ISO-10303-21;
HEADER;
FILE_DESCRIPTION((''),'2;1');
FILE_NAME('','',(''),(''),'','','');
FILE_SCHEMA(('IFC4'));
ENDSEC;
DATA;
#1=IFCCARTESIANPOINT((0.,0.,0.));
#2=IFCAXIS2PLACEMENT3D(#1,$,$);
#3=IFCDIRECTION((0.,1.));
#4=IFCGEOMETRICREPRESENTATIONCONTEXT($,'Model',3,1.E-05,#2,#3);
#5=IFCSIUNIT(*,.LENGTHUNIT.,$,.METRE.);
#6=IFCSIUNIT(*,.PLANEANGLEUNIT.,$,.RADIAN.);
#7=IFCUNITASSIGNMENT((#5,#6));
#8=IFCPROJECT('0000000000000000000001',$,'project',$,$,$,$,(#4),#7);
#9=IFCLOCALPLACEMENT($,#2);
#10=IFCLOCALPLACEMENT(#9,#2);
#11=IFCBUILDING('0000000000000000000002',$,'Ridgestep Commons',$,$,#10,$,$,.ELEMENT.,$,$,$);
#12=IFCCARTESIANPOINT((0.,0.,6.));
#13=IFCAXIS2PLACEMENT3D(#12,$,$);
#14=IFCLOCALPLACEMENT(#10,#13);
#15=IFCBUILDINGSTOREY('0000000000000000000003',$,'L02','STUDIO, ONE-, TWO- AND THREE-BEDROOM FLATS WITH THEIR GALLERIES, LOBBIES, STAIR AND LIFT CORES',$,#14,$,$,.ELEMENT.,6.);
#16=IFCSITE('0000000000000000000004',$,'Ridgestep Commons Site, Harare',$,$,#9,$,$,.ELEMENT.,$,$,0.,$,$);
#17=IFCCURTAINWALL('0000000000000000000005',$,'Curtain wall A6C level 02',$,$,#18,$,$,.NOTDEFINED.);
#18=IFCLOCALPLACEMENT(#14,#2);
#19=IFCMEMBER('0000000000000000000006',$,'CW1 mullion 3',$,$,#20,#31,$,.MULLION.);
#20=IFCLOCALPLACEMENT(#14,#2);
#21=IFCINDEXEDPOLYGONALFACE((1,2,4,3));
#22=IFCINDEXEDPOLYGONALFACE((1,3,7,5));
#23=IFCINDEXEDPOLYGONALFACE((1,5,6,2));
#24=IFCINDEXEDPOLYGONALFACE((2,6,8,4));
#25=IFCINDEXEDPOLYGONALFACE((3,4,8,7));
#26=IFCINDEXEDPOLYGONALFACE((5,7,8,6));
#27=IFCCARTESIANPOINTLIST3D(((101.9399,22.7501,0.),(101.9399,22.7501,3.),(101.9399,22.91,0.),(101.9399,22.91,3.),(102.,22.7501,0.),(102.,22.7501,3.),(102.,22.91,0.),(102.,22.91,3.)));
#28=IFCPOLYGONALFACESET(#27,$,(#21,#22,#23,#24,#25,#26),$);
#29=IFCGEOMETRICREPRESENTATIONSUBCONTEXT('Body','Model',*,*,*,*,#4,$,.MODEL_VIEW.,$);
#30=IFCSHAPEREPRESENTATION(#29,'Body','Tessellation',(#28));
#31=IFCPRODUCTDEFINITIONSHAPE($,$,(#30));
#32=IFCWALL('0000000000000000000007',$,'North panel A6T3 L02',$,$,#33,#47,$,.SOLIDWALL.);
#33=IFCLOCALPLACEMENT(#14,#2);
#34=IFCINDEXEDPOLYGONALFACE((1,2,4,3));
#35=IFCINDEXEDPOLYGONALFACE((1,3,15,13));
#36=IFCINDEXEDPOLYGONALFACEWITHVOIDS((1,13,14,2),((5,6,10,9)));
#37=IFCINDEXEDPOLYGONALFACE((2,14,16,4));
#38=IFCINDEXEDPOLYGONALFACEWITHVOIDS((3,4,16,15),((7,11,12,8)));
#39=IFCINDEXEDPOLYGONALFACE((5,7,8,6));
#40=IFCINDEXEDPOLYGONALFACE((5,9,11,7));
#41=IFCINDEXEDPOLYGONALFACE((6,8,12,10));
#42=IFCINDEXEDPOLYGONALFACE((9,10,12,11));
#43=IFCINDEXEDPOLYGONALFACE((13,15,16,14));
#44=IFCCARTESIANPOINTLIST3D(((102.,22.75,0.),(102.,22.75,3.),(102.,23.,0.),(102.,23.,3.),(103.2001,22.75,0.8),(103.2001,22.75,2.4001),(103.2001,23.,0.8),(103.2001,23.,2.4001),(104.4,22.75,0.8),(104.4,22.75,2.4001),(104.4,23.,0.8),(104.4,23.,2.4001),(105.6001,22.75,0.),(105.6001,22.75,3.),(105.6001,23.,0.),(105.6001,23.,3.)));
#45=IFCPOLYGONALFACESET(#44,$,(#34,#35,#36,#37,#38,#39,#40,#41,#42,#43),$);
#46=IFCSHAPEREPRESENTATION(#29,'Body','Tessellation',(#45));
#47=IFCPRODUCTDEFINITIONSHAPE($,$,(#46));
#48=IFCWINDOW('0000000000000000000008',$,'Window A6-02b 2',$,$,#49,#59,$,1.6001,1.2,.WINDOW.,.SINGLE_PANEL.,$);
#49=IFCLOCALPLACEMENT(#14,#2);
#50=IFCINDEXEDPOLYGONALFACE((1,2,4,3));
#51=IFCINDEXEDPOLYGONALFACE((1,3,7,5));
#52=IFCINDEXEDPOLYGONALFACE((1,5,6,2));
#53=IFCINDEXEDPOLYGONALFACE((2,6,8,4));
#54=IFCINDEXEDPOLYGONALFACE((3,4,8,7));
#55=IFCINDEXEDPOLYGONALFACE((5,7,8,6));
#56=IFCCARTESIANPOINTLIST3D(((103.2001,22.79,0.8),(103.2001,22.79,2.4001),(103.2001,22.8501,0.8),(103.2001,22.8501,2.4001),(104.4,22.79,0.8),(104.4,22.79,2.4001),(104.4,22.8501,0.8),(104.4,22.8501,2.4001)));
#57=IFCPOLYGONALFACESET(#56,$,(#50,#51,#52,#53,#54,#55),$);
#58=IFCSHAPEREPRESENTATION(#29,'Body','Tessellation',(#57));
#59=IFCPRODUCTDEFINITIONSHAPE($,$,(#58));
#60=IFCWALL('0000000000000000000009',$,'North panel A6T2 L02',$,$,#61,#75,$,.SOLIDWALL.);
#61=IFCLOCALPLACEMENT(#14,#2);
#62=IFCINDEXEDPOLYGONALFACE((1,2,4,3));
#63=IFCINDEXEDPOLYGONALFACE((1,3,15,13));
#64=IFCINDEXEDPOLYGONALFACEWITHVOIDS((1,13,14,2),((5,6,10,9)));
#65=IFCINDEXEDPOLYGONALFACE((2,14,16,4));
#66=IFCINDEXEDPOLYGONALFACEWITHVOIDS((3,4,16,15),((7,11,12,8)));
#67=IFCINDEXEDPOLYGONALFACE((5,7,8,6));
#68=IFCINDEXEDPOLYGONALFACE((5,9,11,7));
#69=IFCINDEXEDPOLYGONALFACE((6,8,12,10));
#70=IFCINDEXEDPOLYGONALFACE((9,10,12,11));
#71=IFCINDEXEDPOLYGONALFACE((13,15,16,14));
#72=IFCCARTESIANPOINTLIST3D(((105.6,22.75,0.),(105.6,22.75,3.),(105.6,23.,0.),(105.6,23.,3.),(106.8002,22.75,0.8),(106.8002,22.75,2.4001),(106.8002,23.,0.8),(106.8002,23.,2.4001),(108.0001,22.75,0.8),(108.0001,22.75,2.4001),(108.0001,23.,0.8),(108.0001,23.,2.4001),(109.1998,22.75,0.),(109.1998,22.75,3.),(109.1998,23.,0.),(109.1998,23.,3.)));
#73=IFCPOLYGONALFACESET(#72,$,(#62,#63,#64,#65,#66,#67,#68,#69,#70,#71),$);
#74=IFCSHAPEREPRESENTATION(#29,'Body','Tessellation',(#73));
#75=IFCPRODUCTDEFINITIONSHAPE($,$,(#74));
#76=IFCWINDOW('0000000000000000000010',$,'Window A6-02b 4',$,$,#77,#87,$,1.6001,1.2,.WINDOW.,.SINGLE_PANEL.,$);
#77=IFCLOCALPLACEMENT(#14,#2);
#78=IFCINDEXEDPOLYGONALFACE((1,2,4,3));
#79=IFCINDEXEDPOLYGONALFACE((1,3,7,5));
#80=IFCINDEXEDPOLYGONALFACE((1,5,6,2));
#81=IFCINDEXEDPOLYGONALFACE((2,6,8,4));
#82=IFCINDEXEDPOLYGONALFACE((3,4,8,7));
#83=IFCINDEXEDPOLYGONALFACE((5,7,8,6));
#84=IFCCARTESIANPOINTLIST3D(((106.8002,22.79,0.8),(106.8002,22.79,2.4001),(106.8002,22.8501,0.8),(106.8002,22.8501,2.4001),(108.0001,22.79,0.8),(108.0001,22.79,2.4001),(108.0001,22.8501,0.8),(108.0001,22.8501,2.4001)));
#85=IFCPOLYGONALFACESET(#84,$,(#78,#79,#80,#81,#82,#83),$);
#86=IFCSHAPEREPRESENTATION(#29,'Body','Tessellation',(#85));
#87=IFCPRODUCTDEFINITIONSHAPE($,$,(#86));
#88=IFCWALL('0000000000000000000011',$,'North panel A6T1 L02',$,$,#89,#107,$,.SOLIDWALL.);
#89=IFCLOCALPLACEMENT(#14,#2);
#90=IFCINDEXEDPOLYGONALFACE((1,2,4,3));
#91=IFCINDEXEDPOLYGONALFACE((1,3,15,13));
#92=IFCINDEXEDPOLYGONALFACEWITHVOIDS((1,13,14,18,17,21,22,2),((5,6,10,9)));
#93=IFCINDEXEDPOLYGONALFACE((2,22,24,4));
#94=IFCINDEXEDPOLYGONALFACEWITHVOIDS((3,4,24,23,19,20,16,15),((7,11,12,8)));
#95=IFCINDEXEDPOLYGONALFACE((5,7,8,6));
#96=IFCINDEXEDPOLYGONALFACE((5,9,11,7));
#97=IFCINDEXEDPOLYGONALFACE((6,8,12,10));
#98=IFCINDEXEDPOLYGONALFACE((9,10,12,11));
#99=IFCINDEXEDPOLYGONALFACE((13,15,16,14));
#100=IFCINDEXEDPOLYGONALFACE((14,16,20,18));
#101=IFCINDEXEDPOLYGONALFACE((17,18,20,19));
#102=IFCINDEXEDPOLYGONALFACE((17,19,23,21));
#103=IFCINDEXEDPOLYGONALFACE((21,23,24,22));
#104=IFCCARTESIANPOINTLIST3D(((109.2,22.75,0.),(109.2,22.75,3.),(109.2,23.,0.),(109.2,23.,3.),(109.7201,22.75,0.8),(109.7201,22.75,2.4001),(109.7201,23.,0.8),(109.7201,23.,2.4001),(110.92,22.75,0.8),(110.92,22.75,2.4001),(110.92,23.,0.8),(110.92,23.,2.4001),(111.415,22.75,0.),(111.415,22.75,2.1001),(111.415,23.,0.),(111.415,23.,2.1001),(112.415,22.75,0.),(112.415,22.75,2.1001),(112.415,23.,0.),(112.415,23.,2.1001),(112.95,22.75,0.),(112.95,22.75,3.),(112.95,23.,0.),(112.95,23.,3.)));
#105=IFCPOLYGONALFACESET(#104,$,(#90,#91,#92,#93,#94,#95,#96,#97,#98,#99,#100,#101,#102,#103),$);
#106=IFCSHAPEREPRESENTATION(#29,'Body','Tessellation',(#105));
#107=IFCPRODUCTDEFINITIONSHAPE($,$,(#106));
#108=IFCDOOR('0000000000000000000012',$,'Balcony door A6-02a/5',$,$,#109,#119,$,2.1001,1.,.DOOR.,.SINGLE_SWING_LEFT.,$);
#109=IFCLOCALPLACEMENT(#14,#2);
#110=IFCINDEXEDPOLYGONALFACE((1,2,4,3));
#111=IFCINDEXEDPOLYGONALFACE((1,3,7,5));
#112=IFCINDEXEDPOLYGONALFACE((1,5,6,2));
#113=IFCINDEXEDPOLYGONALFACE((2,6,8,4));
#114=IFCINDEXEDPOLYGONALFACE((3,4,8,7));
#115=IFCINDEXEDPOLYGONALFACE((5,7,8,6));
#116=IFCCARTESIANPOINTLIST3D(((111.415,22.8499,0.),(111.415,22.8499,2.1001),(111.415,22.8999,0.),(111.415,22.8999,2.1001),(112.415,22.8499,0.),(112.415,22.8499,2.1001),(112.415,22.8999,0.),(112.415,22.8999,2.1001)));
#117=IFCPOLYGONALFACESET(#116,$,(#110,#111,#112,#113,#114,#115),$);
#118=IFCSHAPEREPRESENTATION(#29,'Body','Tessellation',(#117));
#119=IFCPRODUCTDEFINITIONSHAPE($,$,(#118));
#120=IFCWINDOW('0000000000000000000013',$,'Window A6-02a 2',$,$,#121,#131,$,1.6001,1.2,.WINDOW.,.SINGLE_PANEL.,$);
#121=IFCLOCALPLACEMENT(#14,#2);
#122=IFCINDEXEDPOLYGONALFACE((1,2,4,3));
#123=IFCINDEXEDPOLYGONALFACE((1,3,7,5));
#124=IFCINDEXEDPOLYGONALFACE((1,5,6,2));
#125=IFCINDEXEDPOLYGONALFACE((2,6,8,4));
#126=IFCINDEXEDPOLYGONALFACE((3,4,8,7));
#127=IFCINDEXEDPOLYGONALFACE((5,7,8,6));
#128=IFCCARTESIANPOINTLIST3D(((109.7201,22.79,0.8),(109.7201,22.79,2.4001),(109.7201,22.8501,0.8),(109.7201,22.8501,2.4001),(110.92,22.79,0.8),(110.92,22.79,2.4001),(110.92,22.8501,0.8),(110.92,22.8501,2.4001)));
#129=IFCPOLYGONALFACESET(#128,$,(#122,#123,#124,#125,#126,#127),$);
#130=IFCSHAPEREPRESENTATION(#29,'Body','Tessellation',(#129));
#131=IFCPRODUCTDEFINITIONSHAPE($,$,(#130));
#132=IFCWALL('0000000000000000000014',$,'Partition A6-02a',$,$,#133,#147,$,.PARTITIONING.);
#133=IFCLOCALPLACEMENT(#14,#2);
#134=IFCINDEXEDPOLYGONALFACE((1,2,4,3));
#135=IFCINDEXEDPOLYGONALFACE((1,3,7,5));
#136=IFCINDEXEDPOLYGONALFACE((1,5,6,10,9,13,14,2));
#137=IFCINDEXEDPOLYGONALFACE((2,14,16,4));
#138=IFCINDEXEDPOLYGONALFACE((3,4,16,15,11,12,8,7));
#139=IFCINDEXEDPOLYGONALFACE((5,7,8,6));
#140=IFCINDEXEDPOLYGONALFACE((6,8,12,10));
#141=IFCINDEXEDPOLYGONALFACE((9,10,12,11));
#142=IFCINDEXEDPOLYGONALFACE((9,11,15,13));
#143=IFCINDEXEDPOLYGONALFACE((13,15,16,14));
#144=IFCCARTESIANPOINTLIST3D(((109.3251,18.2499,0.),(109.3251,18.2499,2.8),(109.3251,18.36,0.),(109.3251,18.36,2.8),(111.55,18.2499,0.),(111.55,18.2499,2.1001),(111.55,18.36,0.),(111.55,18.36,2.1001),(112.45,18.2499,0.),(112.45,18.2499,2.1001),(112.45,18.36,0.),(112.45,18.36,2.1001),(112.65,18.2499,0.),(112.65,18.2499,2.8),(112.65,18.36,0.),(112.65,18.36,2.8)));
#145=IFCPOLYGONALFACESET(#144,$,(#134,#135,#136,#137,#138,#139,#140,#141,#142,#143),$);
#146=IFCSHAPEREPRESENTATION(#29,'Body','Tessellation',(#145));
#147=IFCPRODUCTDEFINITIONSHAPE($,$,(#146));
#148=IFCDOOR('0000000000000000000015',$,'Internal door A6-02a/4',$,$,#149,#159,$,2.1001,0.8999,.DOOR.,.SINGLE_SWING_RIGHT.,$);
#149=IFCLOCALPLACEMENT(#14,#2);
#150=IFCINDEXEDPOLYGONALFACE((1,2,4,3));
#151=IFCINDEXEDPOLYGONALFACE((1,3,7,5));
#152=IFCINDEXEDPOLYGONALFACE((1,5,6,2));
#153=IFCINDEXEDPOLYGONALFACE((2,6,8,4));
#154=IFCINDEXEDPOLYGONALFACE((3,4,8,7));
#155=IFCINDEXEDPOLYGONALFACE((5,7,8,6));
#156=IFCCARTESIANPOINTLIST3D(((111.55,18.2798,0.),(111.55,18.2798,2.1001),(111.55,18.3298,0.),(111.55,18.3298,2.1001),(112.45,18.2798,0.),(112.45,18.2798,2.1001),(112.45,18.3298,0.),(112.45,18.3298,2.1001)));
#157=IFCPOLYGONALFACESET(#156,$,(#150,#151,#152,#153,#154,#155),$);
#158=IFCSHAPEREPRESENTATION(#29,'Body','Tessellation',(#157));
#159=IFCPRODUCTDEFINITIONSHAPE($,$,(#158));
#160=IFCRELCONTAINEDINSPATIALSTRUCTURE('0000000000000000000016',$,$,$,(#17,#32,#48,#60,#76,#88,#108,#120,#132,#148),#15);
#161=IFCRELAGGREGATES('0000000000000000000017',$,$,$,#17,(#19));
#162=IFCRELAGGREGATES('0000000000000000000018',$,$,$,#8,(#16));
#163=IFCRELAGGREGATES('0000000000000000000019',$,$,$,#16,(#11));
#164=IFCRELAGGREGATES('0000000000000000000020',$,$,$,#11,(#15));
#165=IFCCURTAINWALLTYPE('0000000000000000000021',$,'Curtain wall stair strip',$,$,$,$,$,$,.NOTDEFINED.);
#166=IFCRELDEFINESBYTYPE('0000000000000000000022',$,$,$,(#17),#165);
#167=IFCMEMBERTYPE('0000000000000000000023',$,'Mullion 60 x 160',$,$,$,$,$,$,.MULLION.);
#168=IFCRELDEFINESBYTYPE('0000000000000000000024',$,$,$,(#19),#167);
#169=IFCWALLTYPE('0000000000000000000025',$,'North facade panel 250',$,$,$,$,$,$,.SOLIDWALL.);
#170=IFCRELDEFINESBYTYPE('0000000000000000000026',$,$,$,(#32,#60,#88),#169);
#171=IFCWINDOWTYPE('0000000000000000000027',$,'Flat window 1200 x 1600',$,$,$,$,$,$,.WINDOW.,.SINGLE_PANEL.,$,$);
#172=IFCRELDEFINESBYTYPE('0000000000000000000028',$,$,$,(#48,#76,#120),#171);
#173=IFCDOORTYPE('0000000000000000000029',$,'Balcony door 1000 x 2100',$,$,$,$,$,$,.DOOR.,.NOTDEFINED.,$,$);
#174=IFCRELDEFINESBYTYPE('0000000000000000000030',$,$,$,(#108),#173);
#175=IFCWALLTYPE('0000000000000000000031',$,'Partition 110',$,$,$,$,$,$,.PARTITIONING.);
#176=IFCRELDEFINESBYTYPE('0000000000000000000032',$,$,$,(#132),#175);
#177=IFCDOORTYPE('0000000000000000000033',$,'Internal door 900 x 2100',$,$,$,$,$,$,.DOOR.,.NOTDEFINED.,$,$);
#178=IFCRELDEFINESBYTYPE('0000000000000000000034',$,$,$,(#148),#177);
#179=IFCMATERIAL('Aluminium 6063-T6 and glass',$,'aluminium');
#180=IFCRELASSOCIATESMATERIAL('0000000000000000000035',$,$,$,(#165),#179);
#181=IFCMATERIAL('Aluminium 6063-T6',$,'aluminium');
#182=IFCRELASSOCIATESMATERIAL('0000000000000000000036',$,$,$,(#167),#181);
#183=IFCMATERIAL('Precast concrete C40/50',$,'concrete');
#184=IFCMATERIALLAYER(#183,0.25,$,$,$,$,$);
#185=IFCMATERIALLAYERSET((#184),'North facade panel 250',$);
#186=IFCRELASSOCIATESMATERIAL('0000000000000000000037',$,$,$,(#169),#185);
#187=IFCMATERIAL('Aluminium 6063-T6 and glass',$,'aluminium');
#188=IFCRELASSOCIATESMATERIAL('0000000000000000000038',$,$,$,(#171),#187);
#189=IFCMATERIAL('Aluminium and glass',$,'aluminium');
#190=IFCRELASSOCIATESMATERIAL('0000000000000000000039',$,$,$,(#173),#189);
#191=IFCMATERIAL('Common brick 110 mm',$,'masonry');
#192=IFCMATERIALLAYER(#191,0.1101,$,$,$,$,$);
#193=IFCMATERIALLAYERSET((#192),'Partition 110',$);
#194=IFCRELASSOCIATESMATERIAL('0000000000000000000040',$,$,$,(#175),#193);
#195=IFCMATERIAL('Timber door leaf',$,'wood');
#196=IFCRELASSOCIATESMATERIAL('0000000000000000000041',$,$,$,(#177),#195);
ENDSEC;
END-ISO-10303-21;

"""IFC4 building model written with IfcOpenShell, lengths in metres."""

from ifc_helpers import new_model, si_unit, direction, frame, frame_2d, origin, origin_2d, place, context, subcontext, project, spatial, rectangle, extrude, material, layer, layer_set, material_profile, profile_set, type_object, element, fill, aggregate, save


model = new_model("IFC4")

# Units and contexts
model_context = context("Model", 3, precision=1e-05, world=origin(), true_north=direction((0.0, 1.0)))
body_context = subcontext(model_context, "Body", "Model", "MODEL_VIEW")
ifc_project = project(units=[si_unit("LENGTHUNIT", "METRE"), si_unit("PLANEANGLEUNIT", "RADIAN")], contexts=[model_context])

# Site, building, storey
site_placement = place(None, origin())
site = spatial("IfcSite", under=ifc_project, at=site_placement, Name="Ridgestep Commons Site, Harare", CompositionType="ELEMENT", RefElevation=0.0)
building_placement = place(site_placement, origin())
building = spatial("IfcBuilding", under=site, at=building_placement, Name="Ridgestep Commons", CompositionType="ELEMENT")
storey_placement = place(building_placement, frame((0.0, 0.0, 6.0)))
storey = spatial("IfcBuildingStorey", under=building, at=storey_placement, Name="L02", Description="STUDIO, ONE-, TWO- AND THREE-BEDROOM FLATS WITH THEIR GALLERIES, LOBBIES, STAIR AND LIFT CORES", CompositionType="ELEMENT", Elevation=6.0)

# Curtain wall, member
ifc_material_1 = material(Name="Aluminium 6063-T6 and glass", Category="aluminium")
curtain_wall_type = type_object("IfcCurtainWallType", Name="Curtain wall stair strip", PredefinedType="NOTDEFINED", material=ifc_material_1)
curtain_wall_placement = place(storey_placement, origin())
curtain_wall = element("IfcCurtainWall", 1, at=curtain_wall_placement, inside=storey, type_object=curtain_wall_type, Name="Curtain wall A6C level 02", PredefinedType="NOTDEFINED")
ifc_material_2 = material(Name="Aluminium 6063-T6", Category="aluminium")
ifc_material_profile = material_profile(ifc_material_2, rectangle(XDim=0.1599, YDim=0.0601, at=origin_2d()), Name="Mullion 60 x 160")
ifc_profile_set = profile_set([ifc_material_profile], Name="Aluminium 6063-T6")
member_type = type_object("IfcMemberType", Name="Mullion 60 x 160", PredefinedType="MULLION", material=ifc_profile_set)
member_placement = place(storey_placement, frame((101.97, 22.8301, 0.0), z_axis=(0.0, 0.0, 1.0), x_axis=(0.0, 1.0, 0.0)))
member = element("IfcMember", 2, at=member_placement, type_object=member_type, Name="CW1 mullion 3", PredefinedType="MULLION", context=body_context, shape_type="SweptSolid", body=[
    extrude(rectangle(XDim=0.1599, YDim=0.0601, at=origin_2d()), origin(), (0.0, 0.0, 1.0), 3.0),
])
aggregate(curtain_wall, [member])

# Walls, openings, windows
ifc_material_3 = material(Name="Precast concrete C40/50", Category="concrete")
ifc_layer_1 = layer(ifc_material_3, 0.25)
ifc_layer_set_1 = layer_set([ifc_layer_1], Name="North facade panel 250")
wall_type_1 = type_object("IfcWallType", Name="North facade panel 250", PredefinedType="SOLIDWALL", material=ifc_layer_set_1)
wall_1_placement = place(storey_placement, frame((102.0, 22.875, 0.0), z_axis=(0.0, 0.0, 1.0), x_axis=(1.0, 0.0, 0.0)))
wall_1 = element("IfcWall", 3, at=wall_1_placement, inside=storey, type_object=wall_type_1, Name="North panel A6T3 L02", PredefinedType="SOLIDWALL", context=body_context, shape_type="SweptSolid", body=[
    extrude(rectangle(XDim=3.6001, YDim=0.25, at=frame_2d((1.8, 0.0))), origin(), (0.0, 0.0, 1.0), 3.0),
])
opening_1_placement = place(wall_1_placement, frame((1.2, 0.0, 0.8)))
opening_1 = element("IfcOpeningElement", 4, at=opening_1_placement, cuts=wall_1, PredefinedType="OPENING", context=body_context, shape_type="SweptSolid", body=[
    extrude(rectangle(XDim=1.2, YDim=1.6001, at=frame_2d((0.6001, 0.8))), frame((0.0, 0.135, 0.0), z_axis=(0.0, -1.0, 0.0), x_axis=(1.0, 0.0, 0.0)), (0.0, 0.0, 1.0), 0.27),
])
ifc_material_4 = material(Name="Aluminium 6063-T6 and glass", Category="aluminium")
window_type = type_object("IfcWindowType", Name="Flat window 1200 x 1600", PartitioningType="SINGLE_PANEL", PredefinedType="WINDOW", material=ifc_material_4)
window_1_placement = place(opening_1_placement, origin())
window_1 = element("IfcWindow", 5, at=window_1_placement, inside=storey, type_object=window_type, Name="Window A6-02b 2", OverallHeight=1.6001, OverallWidth=1.2, PartitioningType="SINGLE_PANEL", PredefinedType="WINDOW", context=body_context, shape_type="SweptSolid", body=[
    extrude(rectangle(XDim=1.2, YDim=1.6001, at=frame_2d((0.6001, 0.8))), frame((0.0, -0.0249, 0.0), z_axis=(0.0, -1.0, 0.0), x_axis=(1.0, 0.0, 0.0)), (0.0, 0.0, 1.0), 0.0601),
])
fill(opening_1, window_1)
wall_2_placement = place(storey_placement, frame((105.6001, 22.875, 0.0), z_axis=(0.0, 0.0, 1.0), x_axis=(1.0, 0.0, 0.0)))
wall_2 = element("IfcWall", 6, at=wall_2_placement, inside=storey, type_object=wall_type_1, Name="North panel A6T2 L02", PredefinedType="SOLIDWALL", context=body_context, shape_type="SweptSolid", body=[
    extrude(rectangle(XDim=3.5999, YDim=0.25, at=frame_2d((1.7998, 0.0))), origin(), (0.0, 0.0, 1.0), 3.0),
])
opening_2_placement = place(wall_2_placement, frame((1.2, 0.0, 0.8)))
opening_2 = element("IfcOpeningElement", 7, at=opening_2_placement, cuts=wall_2, PredefinedType="OPENING", context=body_context, shape_type="SweptSolid", body=[
    extrude(rectangle(XDim=1.2, YDim=1.6001, at=frame_2d((0.6001, 0.8))), frame((0.0, 0.135, 0.0), z_axis=(0.0, -1.0, 0.0), x_axis=(1.0, 0.0, 0.0)), (0.0, 0.0, 1.0), 0.27),
])
window_2_placement = place(opening_2_placement, origin())
window_2 = element("IfcWindow", 8, at=window_2_placement, inside=storey, type_object=window_type, Name="Window A6-02b 4", OverallHeight=1.6001, OverallWidth=1.2, PartitioningType="SINGLE_PANEL", PredefinedType="WINDOW", context=body_context, shape_type="SweptSolid", body=[
    extrude(rectangle(XDim=1.2, YDim=1.6001, at=frame_2d((0.6001, 0.8))), frame((0.0, -0.0249, 0.0), z_axis=(0.0, -1.0, 0.0), x_axis=(1.0, 0.0, 0.0)), (0.0, 0.0, 1.0), 0.0601),
])
fill(opening_2, window_2)

# Wall, openings, door, window
wall_3_placement = place(storey_placement, frame((109.2, 22.875, 0.0), z_axis=(0.0, 0.0, 1.0), x_axis=(1.0, 0.0, 0.0)))
wall_3 = element("IfcWall", 9, at=wall_3_placement, inside=storey, type_object=wall_type_1, Name="North panel A6T1 L02", PredefinedType="SOLIDWALL", context=body_context, shape_type="SweptSolid", body=[
    extrude(rectangle(XDim=3.75, YDim=0.25, at=frame_2d((1.875, 0.0))), origin(), (0.0, 0.0, 1.0), 3.0),
])
opening_3_placement = place(wall_3_placement, frame((0.52, 0.0, 0.8)))
opening_3 = element("IfcOpeningElement", 10, at=opening_3_placement, cuts=wall_3, PredefinedType="OPENING", context=body_context, shape_type="SweptSolid", body=[
    extrude(rectangle(XDim=1.2, YDim=1.6001, at=frame_2d((0.6001, 0.8))), frame((0.0, 0.135, 0.0), z_axis=(0.0, -1.0, 0.0), x_axis=(1.0, 0.0, 0.0)), (0.0, 0.0, 1.0), 0.27),
])
opening_4_placement = place(wall_3_placement, frame((2.2151, 0.0, 0.0)))
opening_4 = element("IfcOpeningElement", 11, at=opening_4_placement, cuts=wall_3, PredefinedType="OPENING", context=body_context, shape_type="SweptSolid", body=[
    extrude(rectangle(XDim=1.0, YDim=2.1001, at=frame_2d((0.5, 1.05))), frame((0.0, 0.135, 0.0), z_axis=(0.0, -1.0, 0.0), x_axis=(1.0, 0.0, 0.0)), (0.0, 0.0, 1.0), 0.27),
])
ifc_material_5 = material(Name="Aluminium and glass", Category="aluminium")
door_type_1 = type_object("IfcDoorType", Name="Balcony door 1000 x 2100", OperationType="NOTDEFINED", PredefinedType="DOOR", material=ifc_material_5)
door_1_placement = place(opening_4_placement, origin())
door_1 = element("IfcDoor", 12, at=door_1_placement, inside=storey, type_object=door_type_1, Name="Balcony door A6-02a/5", OperationType="SINGLE_SWING_LEFT", OverallHeight=2.1001, OverallWidth=1.0, PredefinedType="DOOR", context=body_context, shape_type="SweptSolid", body=[
    extrude(rectangle(XDim=1.0, YDim=2.1001, at=frame_2d((0.5, 1.05))), frame((0.0, 0.0249, 0.0), z_axis=(0.0, -1.0, 0.0), x_axis=(1.0, 0.0, 0.0)), (0.0, 0.0, 1.0), 0.05),
])
fill(opening_4, door_1)
window_3_placement = place(opening_3_placement, origin())
window_3 = element("IfcWindow", 13, at=window_3_placement, inside=storey, type_object=window_type, Name="Window A6-02a 2", OverallHeight=1.6001, OverallWidth=1.2, PartitioningType="SINGLE_PANEL", PredefinedType="WINDOW", context=body_context, shape_type="SweptSolid", body=[
    extrude(rectangle(XDim=1.2, YDim=1.6001, at=frame_2d((0.6001, 0.8))), frame((0.0, -0.0249, 0.0), z_axis=(0.0, -1.0, 0.0), x_axis=(1.0, 0.0, 0.0)), (0.0, 0.0, 1.0), 0.0601),
])
fill(opening_3, window_3)

# Wall, opening, door
ifc_material_6 = material(Name="Common brick 110 mm", Category="masonry")
ifc_layer_2 = layer(ifc_material_6, 0.1101)
ifc_layer_set_2 = layer_set([ifc_layer_2], Name="Partition 110")
wall_type_2 = type_object("IfcWallType", Name="Partition 110", PredefinedType="PARTITIONING", material=ifc_layer_set_2)
wall_4_placement = place(storey_placement, frame((109.325, 18.3049, 0.0), z_axis=(0.0, 0.0, 1.0), x_axis=(1.0, 0.0, 0.0)))
wall_4 = element("IfcWall", 14, at=wall_4_placement, inside=storey, type_object=wall_type_2, Name="Partition A6-02a", PredefinedType="PARTITIONING", context=body_context, shape_type="SweptSolid", body=[
    extrude(rectangle(XDim=3.325, YDim=0.1101, at=frame_2d((1.6626, 0.0))), origin(), (0.0, 0.0, 1.0), 2.8),
])
opening_5_placement = place(wall_4_placement, frame((2.2251, 0.0, 0.0)))
opening_5 = element("IfcOpeningElement", 15, at=opening_5_placement, cuts=wall_4, PredefinedType="OPENING", context=body_context, shape_type="SweptSolid", body=[
    extrude(rectangle(XDim=0.8999, YDim=2.1001, at=frame_2d((0.45, 1.05))), frame((0.0, 0.0649, 0.0), z_axis=(0.0, -1.0, 0.0), x_axis=(1.0, 0.0, 0.0)), (0.0, 0.0, 1.0), 0.1301),
])
ifc_material_7 = material(Name="Timber door leaf", Category="wood")
door_type_2 = type_object("IfcDoorType", Name="Internal door 900 x 2100", OperationType="NOTDEFINED", PredefinedType="DOOR", material=ifc_material_7)
door_2_placement = place(opening_5_placement, origin())
door_2 = element("IfcDoor", 16, at=door_2_placement, inside=storey, type_object=door_type_2, Name="Internal door A6-02a/4", OperationType="SINGLE_SWING_RIGHT", OverallHeight=2.1001, OverallWidth=0.8999, PredefinedType="DOOR", context=body_context, shape_type="SweptSolid", body=[
    extrude(rectangle(XDim=0.8999, YDim=2.1001, at=frame_2d((0.45, 1.05))), frame((0.0, 0.0249, 0.0), z_axis=(0.0, -1.0, 0.0), x_axis=(1.0, 0.0, 0.0)), (0.0, 0.0, 1.0), 0.05),
])
fill(opening_5, door_2)

save(model, "model.ifc")
